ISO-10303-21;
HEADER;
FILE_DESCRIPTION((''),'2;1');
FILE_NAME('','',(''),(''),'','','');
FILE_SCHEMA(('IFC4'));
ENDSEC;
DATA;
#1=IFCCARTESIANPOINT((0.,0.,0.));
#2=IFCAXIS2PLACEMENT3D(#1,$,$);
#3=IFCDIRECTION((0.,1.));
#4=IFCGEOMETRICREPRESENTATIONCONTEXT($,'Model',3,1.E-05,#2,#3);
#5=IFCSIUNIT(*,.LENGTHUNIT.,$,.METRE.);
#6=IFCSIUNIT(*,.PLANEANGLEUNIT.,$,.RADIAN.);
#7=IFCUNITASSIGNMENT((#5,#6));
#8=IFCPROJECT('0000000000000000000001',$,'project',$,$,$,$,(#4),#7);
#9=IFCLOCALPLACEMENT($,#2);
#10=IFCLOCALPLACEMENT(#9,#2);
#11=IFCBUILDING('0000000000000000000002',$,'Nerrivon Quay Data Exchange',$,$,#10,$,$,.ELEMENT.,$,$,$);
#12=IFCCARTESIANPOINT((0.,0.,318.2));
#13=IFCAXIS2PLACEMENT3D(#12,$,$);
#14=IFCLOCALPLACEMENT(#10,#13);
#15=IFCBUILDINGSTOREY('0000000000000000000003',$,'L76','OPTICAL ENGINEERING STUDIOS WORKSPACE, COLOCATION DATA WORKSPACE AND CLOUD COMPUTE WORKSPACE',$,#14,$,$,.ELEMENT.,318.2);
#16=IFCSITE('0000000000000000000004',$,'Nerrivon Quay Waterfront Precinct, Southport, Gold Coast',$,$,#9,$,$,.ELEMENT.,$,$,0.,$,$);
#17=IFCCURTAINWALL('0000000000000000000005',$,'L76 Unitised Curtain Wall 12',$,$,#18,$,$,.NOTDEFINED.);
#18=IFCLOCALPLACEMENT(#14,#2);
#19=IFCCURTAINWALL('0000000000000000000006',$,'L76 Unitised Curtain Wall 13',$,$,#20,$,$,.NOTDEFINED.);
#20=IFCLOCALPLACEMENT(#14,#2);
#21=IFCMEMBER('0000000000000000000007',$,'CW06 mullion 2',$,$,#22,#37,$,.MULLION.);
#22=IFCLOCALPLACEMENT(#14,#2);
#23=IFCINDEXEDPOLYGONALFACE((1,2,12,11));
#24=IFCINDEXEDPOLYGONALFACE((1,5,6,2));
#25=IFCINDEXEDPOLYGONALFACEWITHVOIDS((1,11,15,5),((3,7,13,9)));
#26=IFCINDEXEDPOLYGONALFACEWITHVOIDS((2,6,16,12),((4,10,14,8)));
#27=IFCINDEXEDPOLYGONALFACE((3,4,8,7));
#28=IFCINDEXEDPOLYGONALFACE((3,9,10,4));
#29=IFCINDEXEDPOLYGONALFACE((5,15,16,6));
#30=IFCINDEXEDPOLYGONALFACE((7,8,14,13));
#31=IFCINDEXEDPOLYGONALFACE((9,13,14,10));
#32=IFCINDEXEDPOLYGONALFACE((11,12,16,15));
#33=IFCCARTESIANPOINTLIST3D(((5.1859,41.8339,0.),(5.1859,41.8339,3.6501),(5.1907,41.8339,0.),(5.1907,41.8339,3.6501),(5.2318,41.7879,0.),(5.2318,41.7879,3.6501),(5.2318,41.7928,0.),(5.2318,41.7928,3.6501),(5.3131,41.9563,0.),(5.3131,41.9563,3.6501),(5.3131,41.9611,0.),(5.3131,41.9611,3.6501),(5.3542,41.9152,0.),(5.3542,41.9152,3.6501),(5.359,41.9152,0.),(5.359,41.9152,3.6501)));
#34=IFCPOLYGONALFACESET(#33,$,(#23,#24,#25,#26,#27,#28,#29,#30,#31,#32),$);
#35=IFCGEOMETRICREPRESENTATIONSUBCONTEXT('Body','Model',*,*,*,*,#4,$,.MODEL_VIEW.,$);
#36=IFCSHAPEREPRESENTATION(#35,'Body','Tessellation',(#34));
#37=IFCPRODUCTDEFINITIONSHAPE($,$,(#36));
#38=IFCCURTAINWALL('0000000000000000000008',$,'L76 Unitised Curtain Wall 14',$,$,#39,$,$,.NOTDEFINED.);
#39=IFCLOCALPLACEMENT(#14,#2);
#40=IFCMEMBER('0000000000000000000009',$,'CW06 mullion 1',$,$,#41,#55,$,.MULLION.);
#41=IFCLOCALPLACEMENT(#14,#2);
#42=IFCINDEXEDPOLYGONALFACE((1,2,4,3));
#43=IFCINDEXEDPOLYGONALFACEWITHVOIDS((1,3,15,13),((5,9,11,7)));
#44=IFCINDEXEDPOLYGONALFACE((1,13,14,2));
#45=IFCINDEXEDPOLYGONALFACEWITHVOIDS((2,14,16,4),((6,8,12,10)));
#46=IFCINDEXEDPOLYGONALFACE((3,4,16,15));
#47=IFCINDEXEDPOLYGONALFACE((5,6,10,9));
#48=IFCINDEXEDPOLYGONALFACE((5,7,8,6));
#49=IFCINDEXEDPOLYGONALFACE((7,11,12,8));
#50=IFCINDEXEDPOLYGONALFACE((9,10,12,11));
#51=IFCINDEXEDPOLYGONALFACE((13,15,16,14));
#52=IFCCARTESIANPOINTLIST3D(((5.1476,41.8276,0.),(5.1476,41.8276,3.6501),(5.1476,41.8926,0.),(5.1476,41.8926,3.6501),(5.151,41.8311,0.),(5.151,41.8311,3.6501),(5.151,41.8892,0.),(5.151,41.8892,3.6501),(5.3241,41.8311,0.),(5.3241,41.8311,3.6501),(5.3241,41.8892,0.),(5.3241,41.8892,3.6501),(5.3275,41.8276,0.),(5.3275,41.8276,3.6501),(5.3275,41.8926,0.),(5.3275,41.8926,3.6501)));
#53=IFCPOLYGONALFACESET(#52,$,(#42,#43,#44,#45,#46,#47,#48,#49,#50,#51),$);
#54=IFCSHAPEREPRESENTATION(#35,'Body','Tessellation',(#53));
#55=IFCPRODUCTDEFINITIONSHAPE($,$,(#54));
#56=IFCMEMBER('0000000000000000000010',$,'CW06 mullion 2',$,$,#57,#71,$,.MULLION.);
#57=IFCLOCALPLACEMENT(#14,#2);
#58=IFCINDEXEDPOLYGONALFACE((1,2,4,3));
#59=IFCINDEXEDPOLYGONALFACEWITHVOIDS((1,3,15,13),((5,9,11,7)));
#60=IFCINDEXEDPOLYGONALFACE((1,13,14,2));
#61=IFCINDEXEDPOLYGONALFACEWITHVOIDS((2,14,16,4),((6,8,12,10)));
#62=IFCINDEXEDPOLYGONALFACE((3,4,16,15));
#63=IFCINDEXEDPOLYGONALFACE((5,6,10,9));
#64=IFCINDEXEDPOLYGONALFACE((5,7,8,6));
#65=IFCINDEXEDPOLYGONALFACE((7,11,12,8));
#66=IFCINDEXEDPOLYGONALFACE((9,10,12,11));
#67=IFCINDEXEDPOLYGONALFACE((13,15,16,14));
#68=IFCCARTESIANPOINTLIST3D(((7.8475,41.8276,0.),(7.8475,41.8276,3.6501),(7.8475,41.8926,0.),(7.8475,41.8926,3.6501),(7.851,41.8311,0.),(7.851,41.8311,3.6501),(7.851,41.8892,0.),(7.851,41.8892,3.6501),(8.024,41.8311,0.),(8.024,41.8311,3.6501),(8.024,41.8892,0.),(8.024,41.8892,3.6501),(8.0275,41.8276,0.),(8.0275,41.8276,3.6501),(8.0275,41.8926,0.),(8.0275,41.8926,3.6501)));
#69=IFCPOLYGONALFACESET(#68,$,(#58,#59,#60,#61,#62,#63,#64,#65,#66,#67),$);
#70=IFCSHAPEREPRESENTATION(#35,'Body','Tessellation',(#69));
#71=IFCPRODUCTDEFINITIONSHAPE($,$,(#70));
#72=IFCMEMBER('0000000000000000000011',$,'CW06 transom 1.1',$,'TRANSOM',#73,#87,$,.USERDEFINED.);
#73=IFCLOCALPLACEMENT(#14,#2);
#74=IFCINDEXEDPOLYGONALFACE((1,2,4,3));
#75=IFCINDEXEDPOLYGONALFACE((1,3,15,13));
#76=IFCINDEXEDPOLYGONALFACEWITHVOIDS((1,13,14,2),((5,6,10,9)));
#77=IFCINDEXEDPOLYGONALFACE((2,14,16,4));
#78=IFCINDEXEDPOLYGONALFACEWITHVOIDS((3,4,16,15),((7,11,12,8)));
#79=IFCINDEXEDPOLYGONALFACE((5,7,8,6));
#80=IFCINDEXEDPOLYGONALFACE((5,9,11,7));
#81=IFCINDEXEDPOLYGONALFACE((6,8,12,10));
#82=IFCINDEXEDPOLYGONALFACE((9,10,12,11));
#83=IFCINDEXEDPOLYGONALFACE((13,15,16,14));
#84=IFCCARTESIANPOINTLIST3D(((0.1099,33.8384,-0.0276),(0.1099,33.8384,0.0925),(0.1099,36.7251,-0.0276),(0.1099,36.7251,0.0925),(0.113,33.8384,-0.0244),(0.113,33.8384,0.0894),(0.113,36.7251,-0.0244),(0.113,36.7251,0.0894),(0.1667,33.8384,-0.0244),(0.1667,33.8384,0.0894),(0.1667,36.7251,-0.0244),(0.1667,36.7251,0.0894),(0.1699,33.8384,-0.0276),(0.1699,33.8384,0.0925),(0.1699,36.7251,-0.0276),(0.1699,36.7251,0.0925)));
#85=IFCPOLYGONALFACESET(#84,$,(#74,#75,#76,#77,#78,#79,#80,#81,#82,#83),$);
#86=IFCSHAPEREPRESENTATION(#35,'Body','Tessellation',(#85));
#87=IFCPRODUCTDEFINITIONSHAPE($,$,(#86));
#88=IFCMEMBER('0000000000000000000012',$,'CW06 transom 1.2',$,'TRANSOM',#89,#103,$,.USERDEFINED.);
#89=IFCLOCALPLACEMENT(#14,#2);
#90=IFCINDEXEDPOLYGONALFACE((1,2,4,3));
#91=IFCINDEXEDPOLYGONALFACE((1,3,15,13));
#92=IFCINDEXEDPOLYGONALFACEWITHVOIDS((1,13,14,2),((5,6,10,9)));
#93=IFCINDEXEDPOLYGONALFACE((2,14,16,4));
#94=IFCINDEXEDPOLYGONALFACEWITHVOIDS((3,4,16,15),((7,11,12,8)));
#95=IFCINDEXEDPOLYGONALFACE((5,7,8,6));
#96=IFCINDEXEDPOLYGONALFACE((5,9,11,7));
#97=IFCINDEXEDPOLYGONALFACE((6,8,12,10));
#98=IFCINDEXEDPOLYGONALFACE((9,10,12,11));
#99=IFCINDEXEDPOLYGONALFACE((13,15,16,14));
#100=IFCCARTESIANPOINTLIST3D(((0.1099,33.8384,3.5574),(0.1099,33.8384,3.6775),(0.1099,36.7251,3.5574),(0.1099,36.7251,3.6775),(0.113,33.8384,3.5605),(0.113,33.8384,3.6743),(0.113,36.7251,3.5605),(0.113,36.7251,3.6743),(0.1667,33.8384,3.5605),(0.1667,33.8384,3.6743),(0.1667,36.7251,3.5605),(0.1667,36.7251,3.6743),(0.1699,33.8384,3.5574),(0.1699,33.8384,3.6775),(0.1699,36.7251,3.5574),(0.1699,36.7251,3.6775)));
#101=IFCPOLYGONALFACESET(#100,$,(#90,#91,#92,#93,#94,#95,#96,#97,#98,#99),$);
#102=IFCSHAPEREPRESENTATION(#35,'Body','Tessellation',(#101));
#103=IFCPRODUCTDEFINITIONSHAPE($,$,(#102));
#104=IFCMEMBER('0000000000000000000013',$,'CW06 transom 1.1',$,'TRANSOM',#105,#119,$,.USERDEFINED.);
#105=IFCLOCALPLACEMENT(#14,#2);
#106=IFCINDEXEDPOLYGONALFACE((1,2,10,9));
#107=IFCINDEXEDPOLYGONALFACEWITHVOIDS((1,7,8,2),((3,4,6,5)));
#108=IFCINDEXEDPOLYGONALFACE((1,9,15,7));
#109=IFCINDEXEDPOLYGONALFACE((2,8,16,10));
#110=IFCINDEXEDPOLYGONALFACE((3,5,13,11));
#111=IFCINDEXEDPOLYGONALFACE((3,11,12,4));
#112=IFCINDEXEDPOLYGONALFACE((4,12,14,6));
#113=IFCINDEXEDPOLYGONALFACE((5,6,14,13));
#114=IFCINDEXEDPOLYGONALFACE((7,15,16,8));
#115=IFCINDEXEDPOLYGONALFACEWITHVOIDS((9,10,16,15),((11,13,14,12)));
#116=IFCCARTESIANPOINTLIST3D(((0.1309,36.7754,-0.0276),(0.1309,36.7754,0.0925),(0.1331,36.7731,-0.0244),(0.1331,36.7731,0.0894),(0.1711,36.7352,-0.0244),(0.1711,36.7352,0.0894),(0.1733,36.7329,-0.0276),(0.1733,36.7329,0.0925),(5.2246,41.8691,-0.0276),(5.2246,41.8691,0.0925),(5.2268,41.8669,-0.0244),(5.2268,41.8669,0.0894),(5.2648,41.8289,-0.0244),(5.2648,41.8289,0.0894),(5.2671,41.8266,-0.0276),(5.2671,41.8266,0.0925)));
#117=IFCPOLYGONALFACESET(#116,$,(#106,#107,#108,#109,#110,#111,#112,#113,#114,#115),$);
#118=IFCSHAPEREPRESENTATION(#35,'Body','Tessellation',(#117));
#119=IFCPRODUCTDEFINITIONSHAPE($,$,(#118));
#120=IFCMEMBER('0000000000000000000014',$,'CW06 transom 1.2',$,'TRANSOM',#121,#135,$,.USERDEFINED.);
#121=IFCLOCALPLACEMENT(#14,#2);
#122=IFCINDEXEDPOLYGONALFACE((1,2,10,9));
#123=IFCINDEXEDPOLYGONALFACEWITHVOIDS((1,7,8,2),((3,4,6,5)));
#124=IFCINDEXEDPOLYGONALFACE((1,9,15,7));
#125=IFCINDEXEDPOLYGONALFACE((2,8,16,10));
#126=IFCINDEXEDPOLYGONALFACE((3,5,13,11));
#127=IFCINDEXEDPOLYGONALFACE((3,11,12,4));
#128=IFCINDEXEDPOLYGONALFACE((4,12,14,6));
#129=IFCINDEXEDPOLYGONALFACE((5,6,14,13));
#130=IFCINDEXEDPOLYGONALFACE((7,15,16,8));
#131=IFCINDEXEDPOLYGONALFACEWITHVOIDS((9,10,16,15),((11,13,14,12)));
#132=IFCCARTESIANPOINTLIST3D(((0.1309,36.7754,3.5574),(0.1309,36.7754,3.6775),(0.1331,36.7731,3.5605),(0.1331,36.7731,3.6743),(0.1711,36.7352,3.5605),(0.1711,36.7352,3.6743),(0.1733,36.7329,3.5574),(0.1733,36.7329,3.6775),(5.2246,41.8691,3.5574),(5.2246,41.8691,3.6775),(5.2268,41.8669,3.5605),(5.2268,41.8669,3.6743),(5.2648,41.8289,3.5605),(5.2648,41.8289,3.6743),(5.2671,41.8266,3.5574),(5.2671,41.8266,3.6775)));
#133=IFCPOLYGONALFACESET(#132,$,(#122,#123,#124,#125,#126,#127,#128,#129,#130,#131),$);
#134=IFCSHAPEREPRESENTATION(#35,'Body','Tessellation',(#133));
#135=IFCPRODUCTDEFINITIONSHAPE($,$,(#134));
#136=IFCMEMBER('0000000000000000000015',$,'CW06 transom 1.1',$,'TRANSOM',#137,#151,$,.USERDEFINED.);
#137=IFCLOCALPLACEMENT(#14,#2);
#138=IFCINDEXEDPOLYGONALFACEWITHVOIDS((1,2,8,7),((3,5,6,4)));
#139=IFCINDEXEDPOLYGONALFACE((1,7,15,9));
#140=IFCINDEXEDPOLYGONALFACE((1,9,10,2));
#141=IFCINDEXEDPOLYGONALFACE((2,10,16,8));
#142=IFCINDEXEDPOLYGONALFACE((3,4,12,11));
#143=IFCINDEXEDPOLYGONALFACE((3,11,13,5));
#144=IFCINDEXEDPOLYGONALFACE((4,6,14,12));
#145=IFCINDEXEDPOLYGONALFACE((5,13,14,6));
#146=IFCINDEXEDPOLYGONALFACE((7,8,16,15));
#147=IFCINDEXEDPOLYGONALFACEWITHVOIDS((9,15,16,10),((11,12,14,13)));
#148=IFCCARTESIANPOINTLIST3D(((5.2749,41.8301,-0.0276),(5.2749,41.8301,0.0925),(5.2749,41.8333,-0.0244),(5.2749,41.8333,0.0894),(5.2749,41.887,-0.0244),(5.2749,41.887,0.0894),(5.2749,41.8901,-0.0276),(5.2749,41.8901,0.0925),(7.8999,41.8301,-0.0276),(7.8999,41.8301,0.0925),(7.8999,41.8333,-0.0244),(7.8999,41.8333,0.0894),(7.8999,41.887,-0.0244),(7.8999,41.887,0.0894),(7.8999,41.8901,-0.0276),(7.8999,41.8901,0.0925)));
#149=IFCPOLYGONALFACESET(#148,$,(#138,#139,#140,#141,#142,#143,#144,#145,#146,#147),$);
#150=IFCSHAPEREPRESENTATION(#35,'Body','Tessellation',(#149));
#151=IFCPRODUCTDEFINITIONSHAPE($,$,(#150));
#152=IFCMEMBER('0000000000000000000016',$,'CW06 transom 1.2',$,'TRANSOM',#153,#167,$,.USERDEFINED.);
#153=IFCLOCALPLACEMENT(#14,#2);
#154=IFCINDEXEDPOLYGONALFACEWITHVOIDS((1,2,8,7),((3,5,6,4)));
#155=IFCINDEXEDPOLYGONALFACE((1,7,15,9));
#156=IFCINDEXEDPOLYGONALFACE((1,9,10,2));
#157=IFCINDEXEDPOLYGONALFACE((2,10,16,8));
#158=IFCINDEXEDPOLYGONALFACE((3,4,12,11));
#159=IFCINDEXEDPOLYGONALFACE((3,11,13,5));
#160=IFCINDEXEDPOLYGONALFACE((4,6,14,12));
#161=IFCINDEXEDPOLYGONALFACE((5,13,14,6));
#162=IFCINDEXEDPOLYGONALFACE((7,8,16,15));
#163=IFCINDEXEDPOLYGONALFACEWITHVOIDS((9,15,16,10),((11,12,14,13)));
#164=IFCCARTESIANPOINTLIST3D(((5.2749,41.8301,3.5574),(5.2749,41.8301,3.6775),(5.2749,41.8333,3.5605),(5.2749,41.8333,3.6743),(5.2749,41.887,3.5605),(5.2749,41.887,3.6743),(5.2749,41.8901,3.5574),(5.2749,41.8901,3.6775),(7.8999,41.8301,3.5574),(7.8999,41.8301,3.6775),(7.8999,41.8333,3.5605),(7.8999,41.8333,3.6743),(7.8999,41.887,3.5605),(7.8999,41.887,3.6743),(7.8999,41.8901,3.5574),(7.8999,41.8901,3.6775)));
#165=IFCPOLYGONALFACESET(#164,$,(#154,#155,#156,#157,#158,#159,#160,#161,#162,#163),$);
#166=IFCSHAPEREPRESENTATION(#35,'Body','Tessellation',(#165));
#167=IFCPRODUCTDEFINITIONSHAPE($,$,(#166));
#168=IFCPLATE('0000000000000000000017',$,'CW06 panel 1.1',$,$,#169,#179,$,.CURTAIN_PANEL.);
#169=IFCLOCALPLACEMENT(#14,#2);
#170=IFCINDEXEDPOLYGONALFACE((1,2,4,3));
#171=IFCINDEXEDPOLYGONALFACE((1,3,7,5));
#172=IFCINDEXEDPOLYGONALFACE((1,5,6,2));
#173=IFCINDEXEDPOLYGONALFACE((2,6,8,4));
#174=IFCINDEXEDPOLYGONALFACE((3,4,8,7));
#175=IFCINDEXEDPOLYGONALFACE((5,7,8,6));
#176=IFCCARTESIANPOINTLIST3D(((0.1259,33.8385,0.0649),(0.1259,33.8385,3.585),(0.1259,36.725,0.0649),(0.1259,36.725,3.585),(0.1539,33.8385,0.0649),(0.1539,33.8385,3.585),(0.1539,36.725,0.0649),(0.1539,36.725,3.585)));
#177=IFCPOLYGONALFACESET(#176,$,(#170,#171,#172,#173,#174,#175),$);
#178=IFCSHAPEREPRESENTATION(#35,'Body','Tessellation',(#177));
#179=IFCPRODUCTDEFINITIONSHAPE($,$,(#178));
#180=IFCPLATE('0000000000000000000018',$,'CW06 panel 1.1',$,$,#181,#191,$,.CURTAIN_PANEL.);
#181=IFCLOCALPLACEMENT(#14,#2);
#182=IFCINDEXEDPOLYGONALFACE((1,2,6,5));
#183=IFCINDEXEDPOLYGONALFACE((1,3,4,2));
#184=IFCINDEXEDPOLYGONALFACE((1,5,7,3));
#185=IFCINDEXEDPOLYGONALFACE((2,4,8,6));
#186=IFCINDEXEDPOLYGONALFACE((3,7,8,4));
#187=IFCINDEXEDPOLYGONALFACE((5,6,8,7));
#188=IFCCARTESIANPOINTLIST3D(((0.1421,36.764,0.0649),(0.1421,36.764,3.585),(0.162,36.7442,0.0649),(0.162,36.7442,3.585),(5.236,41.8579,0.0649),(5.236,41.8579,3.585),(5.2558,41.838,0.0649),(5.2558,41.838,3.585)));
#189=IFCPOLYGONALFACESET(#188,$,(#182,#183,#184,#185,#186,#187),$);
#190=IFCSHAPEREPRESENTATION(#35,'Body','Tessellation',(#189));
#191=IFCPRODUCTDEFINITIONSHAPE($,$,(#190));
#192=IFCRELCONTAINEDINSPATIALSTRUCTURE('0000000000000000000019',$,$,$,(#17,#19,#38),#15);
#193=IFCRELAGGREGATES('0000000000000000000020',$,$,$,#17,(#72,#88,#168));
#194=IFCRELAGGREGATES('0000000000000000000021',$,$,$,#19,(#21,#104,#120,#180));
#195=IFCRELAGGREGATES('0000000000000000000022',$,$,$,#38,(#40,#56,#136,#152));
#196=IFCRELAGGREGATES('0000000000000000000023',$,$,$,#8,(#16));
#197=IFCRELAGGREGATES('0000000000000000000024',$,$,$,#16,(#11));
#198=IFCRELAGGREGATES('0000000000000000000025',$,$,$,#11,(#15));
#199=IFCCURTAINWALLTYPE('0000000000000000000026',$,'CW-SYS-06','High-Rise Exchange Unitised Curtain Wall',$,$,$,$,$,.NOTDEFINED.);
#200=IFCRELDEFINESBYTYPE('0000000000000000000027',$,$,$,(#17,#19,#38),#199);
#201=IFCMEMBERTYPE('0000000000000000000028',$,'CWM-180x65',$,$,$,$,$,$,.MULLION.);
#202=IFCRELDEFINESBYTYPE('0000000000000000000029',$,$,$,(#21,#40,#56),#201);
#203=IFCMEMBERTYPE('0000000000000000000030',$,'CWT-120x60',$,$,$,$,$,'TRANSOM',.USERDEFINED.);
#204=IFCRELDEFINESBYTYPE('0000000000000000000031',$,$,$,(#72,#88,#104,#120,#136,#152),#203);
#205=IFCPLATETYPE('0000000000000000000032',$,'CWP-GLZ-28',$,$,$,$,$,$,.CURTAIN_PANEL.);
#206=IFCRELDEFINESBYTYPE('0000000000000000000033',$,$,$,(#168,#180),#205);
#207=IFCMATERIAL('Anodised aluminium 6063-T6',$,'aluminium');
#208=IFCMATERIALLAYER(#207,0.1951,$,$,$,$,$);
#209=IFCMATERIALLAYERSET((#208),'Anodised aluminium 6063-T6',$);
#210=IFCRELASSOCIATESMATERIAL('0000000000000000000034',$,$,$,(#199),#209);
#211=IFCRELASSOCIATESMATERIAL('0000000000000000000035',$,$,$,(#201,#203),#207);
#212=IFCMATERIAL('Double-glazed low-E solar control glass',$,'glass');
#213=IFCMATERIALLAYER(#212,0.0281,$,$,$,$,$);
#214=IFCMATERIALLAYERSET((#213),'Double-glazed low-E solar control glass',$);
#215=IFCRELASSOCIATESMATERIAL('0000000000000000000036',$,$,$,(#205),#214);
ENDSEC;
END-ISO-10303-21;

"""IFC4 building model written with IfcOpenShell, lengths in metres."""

from ifc_helpers import new_model, si_unit, direction, frame, origin, origin_2d, place, context, subcontext, project, spatial, rectangle, hollow_rectangle, extrude, material, layer, layer_set, material_profile, profile_set, type_object, element, aggregate, save


model = new_model("IFC4")

# Units and contexts
model_context = context("Model", 3, precision=1e-05, world=origin(), true_north=direction((0.0, 1.0)))
body_context = subcontext(model_context, "Body", "Model", "MODEL_VIEW")
ifc_project = project(units=[si_unit("LENGTHUNIT", "METRE"), si_unit("PLANEANGLEUNIT", "RADIAN")], contexts=[model_context])

# Site, building, storey
site_placement = place(None, origin())
site = spatial("IfcSite", under=ifc_project, at=site_placement, Name="Nerrivon Quay Waterfront Precinct, Southport, Gold Coast", CompositionType="ELEMENT", RefElevation=0.0)
building_placement = place(site_placement, origin())
building = spatial("IfcBuilding", under=site, at=building_placement, Name="Nerrivon Quay Data Exchange", CompositionType="ELEMENT")
storey_placement = place(building_placement, frame((0.0, 0.0, 318.2)))
storey = spatial("IfcBuildingStorey", under=building, at=storey_placement, Name="L76", Description="OPTICAL ENGINEERING STUDIOS WORKSPACE, COLOCATION DATA WORKSPACE AND CLOUD COMPUTE WORKSPACE", CompositionType="ELEMENT", Elevation=318.2)

# Shared definitions
ifc_material_1 = material(Name="Anodised aluminium 6063-T6", Category="aluminium")
ifc_layer_1 = layer(ifc_material_1, 0.1951)
ifc_layer_set_1 = layer_set([ifc_layer_1], Name="Anodised aluminium 6063-T6")
curtain_wall_type = type_object("IfcCurtainWallType", Name="CW-SYS-06", Description="High-Rise Exchange Unitised Curtain Wall", PredefinedType="NOTDEFINED", material=ifc_layer_set_1)
ifc_material_profile_1 = material_profile(ifc_material_1, hollow_rectangle(XDim=0.0649, YDim=0.1799, WallThickness=0.0034, at=origin_2d()), Name="ALU-MULL-180x65")
ifc_profile_set_1 = profile_set([ifc_material_profile_1], Name="Anodised aluminium 6063-T6")
member_type_1 = type_object("IfcMemberType", Name="CWM-180x65", PredefinedType="MULLION", material=ifc_profile_set_1)

# Curtain walls, members
curtain_wall_1_placement = place(storey_placement, origin())
curtain_wall_1 = element("IfcCurtainWall", 1, at=curtain_wall_1_placement, inside=storey, type_object=curtain_wall_type, Name="L76 Unitised Curtain Wall 12", PredefinedType="NOTDEFINED")
curtain_wall_2_placement = place(storey_placement, origin())
curtain_wall_2 = element("IfcCurtainWall", 2, at=curtain_wall_2_placement, inside=storey, type_object=curtain_wall_type, Name="L76 Unitised Curtain Wall 13", PredefinedType="NOTDEFINED")
member_1_placement = place(storey_placement, frame((5.2725, 41.8745, 0.0), z_axis=(0.0, 0.0, 1.0), x_axis=(-0.707107, 0.707107, 0.0)))
member_1 = element("IfcMember", 3, at=member_1_placement, type_object=member_type_1, Name="CW06 mullion 2", PredefinedType="MULLION", context=body_context, shape_type="SweptSolid", body=[
    extrude(hollow_rectangle(XDim=0.0649, YDim=0.1799, WallThickness=0.0034, at=origin_2d()), origin(), (0.0, 0.0, 1.0), 3.6501),
])
curtain_wall_3_placement = place(storey_placement, origin())
curtain_wall_3 = element("IfcCurtainWall", 4, at=curtain_wall_3_placement, inside=storey, type_object=curtain_wall_type, Name="L76 Unitised Curtain Wall 14", PredefinedType="NOTDEFINED")
member_2_placement = place(storey_placement, frame((5.2375, 41.8601, 0.0), z_axis=(0.0, 0.0, 1.0), x_axis=(0.0, 1.0, 0.0)))
member_2 = element("IfcMember", 5, at=member_2_placement, type_object=member_type_1, Name="CW06 mullion 1", PredefinedType="MULLION", context=body_context, shape_type="SweptSolid", body=[
    extrude(hollow_rectangle(XDim=0.0649, YDim=0.1799, WallThickness=0.0034, at=origin_2d()), origin(), (0.0, 0.0, 1.0), 3.6501),
])
member_3_placement = place(storey_placement, frame((7.9375, 41.8601, 0.0), z_axis=(0.0, 0.0, 1.0), x_axis=(0.0, 1.0, 0.0)))
member_3 = element("IfcMember", 6, at=member_3_placement, type_object=member_type_1, Name="CW06 mullion 2", PredefinedType="MULLION", context=body_context, shape_type="SweptSolid", body=[
    extrude(hollow_rectangle(XDim=0.0649, YDim=0.1799, WallThickness=0.0034, at=origin_2d()), origin(), (0.0, 0.0, 1.0), 3.6501),
])

# Members
ifc_material_profile_2 = material_profile(ifc_material_1, hollow_rectangle(XDim=0.0601, YDim=0.1201, WallThickness=0.0032, at=origin_2d()), Name="ALU-TRAN-120x60")
ifc_profile_set_2 = profile_set([ifc_material_profile_2], Name="Anodised aluminium 6063-T6")
member_type_2 = type_object("IfcMemberType", Name="CWT-120x60", ElementType="TRANSOM", PredefinedType="USERDEFINED", material=ifc_profile_set_2)
member_4_placement = place(storey_placement, frame((0.1399, 33.8384, 0.0325), z_axis=(0.0, 1.0, 0.0), x_axis=(-1.0, 0.0, 0.0)))
member_4 = element("IfcMember", 7, at=member_4_placement, type_object=member_type_2, Name="CW06 transom 1.1", ObjectType="TRANSOM", PredefinedType="USERDEFINED", context=body_context, shape_type="SweptSolid", body=[
    extrude(hollow_rectangle(XDim=0.0601, YDim=0.1201, WallThickness=0.0032, at=origin_2d()), origin(), (0.0, 0.0, 1.0), 2.8867),
])
member_5_placement = place(storey_placement, frame((0.1399, 33.8384, 3.6174), z_axis=(0.0, 1.0, 0.0), x_axis=(-1.0, 0.0, 0.0)))
member_5 = element("IfcMember", 8, at=member_5_placement, type_object=member_type_2, Name="CW06 transom 1.2", ObjectType="TRANSOM", PredefinedType="USERDEFINED", context=body_context, shape_type="SweptSolid", body=[
    extrude(hollow_rectangle(XDim=0.0601, YDim=0.1201, WallThickness=0.0032, at=origin_2d()), origin(), (0.0, 0.0, 1.0), 2.8867),
])
member_6_placement = place(storey_placement, frame((0.1521, 36.7542, 0.0325), z_axis=(0.707107, 0.707107, 0.0), x_axis=(-0.707107, 0.707107, 0.0)))
member_6 = element("IfcMember", 9, at=member_6_placement, type_object=member_type_2, Name="CW06 transom 1.1", ObjectType="TRANSOM", PredefinedType="USERDEFINED", context=body_context, shape_type="SweptSolid", body=[
    extrude(hollow_rectangle(XDim=0.0601, YDim=0.1201, WallThickness=0.0032, at=origin_2d()), origin(), (0.0, 0.0, 1.0), 7.2036),
])
member_7_placement = place(storey_placement, frame((0.1521, 36.7542, 3.6174), z_axis=(0.707107, 0.707107, 0.0), x_axis=(-0.707107, 0.707107, 0.0)))
member_7 = element("IfcMember", 10, at=member_7_placement, type_object=member_type_2, Name="CW06 transom 1.2", ObjectType="TRANSOM", PredefinedType="USERDEFINED", context=body_context, shape_type="SweptSolid", body=[
    extrude(hollow_rectangle(XDim=0.0601, YDim=0.1201, WallThickness=0.0032, at=origin_2d()), origin(), (0.0, 0.0, 1.0), 7.2036),
])
member_8_placement = place(storey_placement, frame((5.2749, 41.8601, 0.0325), z_axis=(1.0, 0.0, 0.0), x_axis=(0.0, 1.0, 0.0)))
member_8 = element("IfcMember", 11, at=member_8_placement, type_object=member_type_2, Name="CW06 transom 1.1", ObjectType="TRANSOM", PredefinedType="USERDEFINED", context=body_context, shape_type="SweptSolid", body=[
    extrude(hollow_rectangle(XDim=0.0601, YDim=0.1201, WallThickness=0.0032, at=origin_2d()), origin(), (0.0, 0.0, 1.0), 2.625),
])
member_9_placement = place(storey_placement, frame((5.2749, 41.8601, 3.6174), z_axis=(1.0, 0.0, 0.0), x_axis=(0.0, 1.0, 0.0)))
member_9 = element("IfcMember", 12, at=member_9_placement, type_object=member_type_2, Name="CW06 transom 1.2", ObjectType="TRANSOM", PredefinedType="USERDEFINED", context=body_context, shape_type="SweptSolid", body=[
    extrude(hollow_rectangle(XDim=0.0601, YDim=0.1201, WallThickness=0.0032, at=origin_2d()), origin(), (0.0, 0.0, 1.0), 2.625),
])

# Plates
ifc_material_2 = material(Name="Double-glazed low-E solar control glass", Category="glass")
ifc_layer_2 = layer(ifc_material_2, 0.0281)
ifc_layer_set_2 = layer_set([ifc_layer_2], Name="Double-glazed low-E solar control glass")
plate_type = type_object("IfcPlateType", Name="CWP-GLZ-28", PredefinedType="CURTAIN_PANEL", material=ifc_layer_set_2)
plate_1_placement = place(storey_placement, frame((0.1399, 35.2817, 0.0649), z_axis=(0.0, 0.0, 1.0), x_axis=(0.0, 1.0, 0.0)))
plate_1 = element("IfcPlate", 13, at=plate_1_placement, type_object=plate_type, Name="CW06 panel 1.1", PredefinedType="CURTAIN_PANEL", context=body_context, shape_type="SweptSolid", body=[
    extrude(rectangle(XDim=2.8865, YDim=0.0281, at=origin_2d()), origin(), (0.0, 0.0, 1.0), 3.52),
])
aggregate(curtain_wall_1, [member_4, member_5, plate_1])
plate_2_placement = place(storey_placement, frame((2.699, 39.301, 0.0649), z_axis=(0.0, 0.0, 1.0), x_axis=(0.707107, 0.707107, 0.0)))
plate_2 = element("IfcPlate", 14, at=plate_2_placement, type_object=plate_type, Name="CW06 panel 1.1", PredefinedType="CURTAIN_PANEL", context=body_context, shape_type="SweptSolid", body=[
    extrude(rectangle(XDim=7.2039, YDim=0.0281, at=origin_2d()), origin(), (0.0, 0.0, 1.0), 3.52),
])
aggregate(curtain_wall_2, [member_1, member_6, member_7, plate_2])
aggregate(curtain_wall_3, [member_2, member_3, member_8, member_9])

save(model, "model.ifc")
